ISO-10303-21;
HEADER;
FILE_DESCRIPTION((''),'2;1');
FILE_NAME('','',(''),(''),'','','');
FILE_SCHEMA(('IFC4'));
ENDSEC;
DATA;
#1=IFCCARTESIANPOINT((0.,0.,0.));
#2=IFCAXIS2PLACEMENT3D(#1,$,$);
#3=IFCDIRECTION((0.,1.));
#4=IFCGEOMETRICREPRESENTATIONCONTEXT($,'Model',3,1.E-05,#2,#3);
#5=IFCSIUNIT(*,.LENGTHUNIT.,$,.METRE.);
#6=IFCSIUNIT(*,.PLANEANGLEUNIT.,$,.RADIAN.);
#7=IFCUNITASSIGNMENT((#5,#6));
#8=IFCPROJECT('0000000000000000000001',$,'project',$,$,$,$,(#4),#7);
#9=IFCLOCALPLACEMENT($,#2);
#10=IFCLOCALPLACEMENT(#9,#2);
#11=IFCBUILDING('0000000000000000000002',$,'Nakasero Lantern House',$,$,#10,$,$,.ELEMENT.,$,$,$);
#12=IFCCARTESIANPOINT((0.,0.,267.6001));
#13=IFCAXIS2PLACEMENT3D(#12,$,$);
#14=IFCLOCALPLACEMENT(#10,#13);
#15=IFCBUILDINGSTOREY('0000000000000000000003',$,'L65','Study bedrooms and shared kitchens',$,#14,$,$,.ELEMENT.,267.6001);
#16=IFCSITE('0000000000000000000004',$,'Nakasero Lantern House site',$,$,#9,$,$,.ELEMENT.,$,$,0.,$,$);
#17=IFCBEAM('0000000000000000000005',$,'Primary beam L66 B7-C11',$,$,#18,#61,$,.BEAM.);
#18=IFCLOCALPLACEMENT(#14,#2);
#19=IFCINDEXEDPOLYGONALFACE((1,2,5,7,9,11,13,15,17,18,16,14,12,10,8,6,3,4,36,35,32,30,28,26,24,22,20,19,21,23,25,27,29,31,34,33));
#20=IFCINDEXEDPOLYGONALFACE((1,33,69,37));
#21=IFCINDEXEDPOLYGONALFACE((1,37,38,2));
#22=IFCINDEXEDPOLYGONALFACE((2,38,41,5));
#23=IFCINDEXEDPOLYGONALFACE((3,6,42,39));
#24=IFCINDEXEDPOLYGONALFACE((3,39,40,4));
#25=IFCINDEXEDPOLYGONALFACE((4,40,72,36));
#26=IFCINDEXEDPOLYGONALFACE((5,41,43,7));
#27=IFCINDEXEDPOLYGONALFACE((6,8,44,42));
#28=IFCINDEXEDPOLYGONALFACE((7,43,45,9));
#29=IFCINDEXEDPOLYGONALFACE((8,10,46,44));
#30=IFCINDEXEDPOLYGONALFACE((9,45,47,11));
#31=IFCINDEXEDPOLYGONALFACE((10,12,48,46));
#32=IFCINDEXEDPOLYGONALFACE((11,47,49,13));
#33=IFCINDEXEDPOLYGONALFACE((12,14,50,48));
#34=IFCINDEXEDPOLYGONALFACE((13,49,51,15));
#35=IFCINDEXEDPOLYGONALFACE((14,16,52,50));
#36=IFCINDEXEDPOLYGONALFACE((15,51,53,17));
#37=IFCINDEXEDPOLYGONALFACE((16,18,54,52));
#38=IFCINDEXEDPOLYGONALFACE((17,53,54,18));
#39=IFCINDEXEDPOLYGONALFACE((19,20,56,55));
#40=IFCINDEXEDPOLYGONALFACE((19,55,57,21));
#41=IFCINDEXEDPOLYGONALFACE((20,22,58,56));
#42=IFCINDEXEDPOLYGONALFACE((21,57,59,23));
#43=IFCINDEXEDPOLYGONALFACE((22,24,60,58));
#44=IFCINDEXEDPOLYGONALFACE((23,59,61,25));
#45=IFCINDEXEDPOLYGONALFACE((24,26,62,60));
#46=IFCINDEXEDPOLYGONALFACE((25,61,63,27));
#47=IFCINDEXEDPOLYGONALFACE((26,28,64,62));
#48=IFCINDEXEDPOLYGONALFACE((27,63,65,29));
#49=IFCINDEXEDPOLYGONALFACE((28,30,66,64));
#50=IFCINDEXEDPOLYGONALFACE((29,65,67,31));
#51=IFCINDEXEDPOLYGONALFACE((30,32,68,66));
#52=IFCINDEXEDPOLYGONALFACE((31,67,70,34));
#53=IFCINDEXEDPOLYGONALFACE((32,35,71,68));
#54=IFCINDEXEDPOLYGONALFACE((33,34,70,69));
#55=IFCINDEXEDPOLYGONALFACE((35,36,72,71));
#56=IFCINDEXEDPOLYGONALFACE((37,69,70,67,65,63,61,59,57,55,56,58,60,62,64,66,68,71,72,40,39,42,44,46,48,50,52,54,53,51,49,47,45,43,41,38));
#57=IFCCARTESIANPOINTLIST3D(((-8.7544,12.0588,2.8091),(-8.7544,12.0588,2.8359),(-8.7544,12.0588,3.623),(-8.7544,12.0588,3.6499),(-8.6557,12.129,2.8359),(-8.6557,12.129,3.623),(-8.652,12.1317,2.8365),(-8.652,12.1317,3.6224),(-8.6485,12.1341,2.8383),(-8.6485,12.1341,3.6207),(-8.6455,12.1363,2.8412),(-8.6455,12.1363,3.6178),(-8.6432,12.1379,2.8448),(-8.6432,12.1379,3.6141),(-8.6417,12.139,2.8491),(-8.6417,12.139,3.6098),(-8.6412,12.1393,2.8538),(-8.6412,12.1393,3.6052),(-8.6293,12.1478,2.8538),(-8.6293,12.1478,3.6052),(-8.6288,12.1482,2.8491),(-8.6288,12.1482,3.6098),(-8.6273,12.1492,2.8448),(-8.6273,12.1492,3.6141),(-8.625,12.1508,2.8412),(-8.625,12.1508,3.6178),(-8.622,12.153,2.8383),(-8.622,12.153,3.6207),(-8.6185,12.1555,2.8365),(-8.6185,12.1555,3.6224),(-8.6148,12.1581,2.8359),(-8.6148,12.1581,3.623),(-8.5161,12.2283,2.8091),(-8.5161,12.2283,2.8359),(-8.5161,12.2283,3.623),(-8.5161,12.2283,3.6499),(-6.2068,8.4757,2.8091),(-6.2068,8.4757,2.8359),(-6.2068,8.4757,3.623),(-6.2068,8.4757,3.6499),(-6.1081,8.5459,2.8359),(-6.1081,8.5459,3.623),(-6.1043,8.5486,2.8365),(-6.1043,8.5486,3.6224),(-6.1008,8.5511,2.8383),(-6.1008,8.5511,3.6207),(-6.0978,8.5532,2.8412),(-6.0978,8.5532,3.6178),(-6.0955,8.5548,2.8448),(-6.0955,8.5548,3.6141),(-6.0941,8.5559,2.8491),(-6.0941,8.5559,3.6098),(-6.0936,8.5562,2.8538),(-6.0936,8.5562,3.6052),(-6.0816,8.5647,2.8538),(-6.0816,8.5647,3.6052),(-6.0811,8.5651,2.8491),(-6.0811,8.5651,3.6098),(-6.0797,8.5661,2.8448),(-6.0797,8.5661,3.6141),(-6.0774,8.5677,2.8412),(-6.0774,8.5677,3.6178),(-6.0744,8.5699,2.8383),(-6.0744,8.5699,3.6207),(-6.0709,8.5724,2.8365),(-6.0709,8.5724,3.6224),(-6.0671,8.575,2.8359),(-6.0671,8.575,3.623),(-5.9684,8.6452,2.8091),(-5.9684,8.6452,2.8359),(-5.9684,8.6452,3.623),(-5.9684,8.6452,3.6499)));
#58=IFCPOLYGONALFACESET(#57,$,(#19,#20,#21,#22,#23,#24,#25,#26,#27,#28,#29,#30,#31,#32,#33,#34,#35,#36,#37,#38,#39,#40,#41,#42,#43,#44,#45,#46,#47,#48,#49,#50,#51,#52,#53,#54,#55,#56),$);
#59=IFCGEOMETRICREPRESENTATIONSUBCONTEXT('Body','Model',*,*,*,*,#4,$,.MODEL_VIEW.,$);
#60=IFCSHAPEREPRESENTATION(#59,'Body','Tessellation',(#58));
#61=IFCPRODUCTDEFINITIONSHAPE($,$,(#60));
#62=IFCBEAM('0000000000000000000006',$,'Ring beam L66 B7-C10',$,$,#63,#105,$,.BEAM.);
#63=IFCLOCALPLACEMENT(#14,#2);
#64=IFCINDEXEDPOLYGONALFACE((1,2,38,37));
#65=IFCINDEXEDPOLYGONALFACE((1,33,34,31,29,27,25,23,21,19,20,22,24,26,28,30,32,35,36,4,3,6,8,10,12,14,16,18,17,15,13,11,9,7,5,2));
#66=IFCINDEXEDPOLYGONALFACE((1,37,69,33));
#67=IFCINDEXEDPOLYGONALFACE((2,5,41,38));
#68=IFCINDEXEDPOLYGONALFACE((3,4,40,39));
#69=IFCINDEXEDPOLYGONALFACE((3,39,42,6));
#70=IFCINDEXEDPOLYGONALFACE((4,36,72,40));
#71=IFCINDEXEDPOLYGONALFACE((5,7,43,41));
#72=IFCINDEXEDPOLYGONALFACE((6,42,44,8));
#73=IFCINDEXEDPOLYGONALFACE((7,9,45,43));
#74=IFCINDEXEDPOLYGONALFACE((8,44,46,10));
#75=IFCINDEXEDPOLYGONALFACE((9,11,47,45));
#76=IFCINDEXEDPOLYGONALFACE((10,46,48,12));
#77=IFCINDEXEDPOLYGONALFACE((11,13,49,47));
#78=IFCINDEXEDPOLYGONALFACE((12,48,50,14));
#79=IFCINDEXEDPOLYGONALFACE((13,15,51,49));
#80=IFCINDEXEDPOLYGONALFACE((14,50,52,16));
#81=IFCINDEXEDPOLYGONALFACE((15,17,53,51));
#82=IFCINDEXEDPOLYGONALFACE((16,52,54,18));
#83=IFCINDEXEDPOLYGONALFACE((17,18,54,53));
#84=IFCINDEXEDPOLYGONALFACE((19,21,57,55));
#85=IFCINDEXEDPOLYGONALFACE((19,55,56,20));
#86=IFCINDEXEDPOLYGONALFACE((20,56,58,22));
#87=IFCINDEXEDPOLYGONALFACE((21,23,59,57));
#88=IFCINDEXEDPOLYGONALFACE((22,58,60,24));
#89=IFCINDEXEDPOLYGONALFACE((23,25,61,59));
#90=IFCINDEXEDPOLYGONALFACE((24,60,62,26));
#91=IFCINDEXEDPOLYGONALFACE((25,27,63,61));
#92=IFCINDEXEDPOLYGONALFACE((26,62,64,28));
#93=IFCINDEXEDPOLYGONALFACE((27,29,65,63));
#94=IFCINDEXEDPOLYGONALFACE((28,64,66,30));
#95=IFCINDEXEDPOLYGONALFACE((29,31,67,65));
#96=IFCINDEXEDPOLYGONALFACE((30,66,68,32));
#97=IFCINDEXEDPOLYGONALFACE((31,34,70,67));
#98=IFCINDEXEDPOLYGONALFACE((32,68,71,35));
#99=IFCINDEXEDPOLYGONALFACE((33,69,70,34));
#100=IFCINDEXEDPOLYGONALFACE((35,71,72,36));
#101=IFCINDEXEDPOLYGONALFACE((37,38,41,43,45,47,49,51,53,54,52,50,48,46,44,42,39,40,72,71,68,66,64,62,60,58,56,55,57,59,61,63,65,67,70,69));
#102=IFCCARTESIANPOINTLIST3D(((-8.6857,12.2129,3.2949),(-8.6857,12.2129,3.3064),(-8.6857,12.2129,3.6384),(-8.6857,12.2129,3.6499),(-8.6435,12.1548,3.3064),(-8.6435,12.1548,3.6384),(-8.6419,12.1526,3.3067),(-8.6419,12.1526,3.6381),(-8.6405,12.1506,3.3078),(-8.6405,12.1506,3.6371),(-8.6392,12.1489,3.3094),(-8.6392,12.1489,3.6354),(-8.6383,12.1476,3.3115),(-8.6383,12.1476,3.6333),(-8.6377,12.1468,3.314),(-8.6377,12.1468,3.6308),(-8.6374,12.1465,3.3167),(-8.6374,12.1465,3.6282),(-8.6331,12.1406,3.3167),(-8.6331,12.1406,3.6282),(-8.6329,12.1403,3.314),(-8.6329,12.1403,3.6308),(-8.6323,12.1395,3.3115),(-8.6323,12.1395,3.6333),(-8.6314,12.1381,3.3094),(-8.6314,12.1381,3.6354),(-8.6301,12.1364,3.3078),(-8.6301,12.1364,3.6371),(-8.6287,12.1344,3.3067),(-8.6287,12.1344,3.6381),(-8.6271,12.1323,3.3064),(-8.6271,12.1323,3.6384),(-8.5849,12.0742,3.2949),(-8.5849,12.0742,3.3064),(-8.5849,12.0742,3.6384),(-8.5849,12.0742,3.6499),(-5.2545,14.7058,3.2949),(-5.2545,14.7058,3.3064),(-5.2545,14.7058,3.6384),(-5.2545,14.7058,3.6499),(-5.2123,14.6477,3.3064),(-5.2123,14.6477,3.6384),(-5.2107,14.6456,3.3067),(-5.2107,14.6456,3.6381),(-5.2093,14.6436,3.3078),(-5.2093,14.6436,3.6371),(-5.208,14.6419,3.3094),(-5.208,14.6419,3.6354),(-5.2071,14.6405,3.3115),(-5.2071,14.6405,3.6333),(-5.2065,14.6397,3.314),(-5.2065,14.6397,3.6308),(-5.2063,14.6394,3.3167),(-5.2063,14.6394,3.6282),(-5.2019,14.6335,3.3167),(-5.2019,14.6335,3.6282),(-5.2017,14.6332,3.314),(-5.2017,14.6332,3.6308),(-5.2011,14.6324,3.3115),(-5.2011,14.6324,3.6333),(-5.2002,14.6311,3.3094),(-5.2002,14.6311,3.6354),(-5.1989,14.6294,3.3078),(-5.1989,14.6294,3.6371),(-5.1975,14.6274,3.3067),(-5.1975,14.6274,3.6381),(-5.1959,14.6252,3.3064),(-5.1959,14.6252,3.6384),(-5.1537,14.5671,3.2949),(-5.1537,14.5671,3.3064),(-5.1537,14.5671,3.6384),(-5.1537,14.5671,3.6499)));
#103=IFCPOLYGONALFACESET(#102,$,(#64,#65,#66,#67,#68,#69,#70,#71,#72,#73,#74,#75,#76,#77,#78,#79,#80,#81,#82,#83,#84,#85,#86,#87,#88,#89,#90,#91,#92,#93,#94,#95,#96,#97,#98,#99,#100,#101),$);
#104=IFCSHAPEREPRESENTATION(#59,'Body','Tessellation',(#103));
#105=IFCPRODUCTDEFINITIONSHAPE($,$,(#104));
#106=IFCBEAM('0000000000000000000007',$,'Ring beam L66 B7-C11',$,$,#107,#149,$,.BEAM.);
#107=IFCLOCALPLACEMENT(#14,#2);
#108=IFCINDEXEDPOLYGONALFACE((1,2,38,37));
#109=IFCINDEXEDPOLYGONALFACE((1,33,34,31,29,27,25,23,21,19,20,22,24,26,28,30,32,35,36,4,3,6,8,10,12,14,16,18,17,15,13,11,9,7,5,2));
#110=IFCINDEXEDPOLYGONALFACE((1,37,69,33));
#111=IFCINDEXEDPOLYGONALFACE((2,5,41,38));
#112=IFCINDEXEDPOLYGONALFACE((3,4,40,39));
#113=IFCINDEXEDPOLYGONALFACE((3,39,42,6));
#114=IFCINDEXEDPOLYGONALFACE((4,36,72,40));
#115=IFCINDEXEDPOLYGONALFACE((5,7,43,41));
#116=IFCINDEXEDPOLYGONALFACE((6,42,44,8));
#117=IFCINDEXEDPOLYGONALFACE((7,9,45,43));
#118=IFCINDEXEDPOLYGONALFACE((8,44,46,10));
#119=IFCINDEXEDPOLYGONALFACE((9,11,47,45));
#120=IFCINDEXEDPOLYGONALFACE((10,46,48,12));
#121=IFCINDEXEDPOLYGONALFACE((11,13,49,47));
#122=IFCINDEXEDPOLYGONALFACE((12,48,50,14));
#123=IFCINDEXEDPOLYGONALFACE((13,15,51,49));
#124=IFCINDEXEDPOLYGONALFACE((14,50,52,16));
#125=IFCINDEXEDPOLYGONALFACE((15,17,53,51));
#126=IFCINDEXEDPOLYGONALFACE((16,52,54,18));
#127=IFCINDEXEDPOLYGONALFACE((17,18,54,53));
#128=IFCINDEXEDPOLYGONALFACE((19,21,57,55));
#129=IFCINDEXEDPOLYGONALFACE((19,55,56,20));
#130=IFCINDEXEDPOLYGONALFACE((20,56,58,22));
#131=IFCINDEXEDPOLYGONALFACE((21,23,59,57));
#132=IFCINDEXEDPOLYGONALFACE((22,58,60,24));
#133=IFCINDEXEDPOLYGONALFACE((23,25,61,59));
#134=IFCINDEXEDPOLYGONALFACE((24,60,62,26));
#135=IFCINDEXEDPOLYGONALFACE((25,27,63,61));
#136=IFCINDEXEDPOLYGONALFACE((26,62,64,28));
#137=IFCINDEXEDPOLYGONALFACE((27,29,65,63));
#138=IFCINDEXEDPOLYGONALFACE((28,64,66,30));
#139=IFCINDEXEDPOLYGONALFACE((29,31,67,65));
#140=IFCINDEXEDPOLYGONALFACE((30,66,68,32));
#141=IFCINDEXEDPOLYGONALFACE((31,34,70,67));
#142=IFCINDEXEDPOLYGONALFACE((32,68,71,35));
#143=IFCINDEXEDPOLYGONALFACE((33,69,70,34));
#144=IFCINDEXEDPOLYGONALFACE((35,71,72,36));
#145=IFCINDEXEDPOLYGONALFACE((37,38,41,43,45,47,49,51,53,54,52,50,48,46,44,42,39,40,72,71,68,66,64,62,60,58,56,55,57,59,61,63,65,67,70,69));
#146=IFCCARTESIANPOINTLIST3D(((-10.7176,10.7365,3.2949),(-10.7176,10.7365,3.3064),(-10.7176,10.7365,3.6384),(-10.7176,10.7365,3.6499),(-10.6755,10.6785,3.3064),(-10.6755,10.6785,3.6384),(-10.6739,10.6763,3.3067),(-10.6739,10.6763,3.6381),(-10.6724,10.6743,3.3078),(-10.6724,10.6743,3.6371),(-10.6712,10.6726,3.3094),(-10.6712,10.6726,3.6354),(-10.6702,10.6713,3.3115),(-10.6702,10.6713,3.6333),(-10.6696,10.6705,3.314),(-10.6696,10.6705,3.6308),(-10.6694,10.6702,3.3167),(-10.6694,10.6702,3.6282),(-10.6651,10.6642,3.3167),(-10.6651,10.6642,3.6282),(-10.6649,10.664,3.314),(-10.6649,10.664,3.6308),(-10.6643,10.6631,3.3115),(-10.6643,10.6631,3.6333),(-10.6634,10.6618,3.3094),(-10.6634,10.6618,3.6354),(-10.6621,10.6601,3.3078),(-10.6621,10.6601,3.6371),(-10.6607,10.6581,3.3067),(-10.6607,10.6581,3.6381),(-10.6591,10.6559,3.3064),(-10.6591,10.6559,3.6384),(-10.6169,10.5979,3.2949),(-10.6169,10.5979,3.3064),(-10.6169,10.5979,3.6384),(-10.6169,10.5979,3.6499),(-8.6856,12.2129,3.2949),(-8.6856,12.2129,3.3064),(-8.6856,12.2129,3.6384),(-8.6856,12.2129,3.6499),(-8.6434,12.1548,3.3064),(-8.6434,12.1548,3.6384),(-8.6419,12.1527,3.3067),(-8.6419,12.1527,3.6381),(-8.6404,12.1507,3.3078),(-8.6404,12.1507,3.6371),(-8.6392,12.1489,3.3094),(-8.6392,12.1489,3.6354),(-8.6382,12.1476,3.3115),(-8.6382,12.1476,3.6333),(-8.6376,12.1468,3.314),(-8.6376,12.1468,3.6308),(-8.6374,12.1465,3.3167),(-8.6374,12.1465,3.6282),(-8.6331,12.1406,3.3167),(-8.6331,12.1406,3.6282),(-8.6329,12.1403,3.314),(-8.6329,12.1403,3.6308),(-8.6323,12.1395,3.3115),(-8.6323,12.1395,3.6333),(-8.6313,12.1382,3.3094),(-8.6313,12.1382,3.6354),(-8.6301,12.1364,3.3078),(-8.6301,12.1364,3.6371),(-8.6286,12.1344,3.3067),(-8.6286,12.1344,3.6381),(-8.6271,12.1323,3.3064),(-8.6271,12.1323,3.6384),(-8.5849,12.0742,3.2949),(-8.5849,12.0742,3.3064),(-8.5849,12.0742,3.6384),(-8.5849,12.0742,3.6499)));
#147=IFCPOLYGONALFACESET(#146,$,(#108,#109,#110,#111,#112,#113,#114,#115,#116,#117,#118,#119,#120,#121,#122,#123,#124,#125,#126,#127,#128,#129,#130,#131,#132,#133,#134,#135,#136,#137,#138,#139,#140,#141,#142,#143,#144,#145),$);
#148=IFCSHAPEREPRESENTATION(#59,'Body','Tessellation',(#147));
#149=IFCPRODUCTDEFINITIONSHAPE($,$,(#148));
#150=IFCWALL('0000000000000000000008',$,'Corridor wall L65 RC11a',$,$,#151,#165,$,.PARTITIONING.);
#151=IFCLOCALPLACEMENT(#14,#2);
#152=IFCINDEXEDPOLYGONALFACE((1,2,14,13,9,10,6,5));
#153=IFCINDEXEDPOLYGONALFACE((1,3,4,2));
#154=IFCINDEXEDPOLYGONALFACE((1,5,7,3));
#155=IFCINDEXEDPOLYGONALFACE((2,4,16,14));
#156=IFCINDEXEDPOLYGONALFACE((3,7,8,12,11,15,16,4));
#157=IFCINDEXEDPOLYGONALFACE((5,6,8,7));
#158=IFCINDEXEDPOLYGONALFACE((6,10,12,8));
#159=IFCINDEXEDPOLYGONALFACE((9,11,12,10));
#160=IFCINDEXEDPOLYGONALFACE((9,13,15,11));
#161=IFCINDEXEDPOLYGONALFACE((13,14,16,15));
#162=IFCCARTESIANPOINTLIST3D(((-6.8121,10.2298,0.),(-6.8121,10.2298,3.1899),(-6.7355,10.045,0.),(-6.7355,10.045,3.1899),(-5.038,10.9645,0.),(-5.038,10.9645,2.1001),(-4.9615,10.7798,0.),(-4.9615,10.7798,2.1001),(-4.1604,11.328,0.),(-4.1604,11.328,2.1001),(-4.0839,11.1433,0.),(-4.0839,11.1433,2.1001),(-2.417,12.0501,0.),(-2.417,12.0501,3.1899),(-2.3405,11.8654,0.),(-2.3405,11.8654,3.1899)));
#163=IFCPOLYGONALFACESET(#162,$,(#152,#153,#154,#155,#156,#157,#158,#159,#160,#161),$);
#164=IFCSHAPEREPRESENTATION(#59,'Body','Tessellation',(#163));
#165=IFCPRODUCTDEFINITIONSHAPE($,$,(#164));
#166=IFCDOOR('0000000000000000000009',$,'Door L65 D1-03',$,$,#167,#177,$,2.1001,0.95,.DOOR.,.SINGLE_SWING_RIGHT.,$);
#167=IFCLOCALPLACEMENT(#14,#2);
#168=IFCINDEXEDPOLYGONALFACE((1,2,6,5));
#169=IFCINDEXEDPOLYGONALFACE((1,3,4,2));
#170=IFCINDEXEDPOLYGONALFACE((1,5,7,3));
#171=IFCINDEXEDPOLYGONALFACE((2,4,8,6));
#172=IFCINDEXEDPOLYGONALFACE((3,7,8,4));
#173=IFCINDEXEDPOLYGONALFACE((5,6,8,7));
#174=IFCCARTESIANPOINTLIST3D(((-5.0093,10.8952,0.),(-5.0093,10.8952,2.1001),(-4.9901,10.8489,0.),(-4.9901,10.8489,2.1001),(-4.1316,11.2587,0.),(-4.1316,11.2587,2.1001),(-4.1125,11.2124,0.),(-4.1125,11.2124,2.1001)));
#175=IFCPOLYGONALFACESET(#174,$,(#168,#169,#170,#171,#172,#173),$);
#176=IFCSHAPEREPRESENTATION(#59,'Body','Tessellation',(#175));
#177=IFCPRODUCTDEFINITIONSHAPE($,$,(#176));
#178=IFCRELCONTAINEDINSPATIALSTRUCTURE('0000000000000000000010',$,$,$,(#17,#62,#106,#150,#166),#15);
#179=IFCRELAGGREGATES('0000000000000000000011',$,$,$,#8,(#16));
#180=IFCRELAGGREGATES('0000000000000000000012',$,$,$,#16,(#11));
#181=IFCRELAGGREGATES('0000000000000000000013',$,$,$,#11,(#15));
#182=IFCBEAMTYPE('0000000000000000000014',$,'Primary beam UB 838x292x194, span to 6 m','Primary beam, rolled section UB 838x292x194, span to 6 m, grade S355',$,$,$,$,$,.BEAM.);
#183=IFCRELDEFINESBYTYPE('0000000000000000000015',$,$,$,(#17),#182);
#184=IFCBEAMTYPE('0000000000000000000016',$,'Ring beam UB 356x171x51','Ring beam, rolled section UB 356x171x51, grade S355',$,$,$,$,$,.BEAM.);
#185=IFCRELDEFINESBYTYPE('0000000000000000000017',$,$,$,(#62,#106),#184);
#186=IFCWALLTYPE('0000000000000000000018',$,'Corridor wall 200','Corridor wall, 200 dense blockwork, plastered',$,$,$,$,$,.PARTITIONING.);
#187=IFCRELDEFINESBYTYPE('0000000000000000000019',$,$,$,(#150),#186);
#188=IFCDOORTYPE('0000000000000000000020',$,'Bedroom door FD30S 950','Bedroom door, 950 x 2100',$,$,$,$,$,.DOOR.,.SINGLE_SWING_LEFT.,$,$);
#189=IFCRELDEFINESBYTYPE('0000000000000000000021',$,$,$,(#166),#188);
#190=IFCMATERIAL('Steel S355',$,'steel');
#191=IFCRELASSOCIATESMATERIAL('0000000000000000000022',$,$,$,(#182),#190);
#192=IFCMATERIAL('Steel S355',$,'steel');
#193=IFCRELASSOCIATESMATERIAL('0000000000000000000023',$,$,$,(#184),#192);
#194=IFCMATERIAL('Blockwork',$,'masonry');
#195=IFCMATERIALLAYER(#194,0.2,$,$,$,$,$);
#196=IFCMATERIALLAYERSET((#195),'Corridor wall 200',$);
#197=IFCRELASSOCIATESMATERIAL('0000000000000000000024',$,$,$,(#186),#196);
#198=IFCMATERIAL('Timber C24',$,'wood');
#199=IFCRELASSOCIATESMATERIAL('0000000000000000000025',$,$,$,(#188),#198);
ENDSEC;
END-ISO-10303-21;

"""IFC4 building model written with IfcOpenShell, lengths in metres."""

from ifc_helpers import new_model, si_unit, direction, frame, frame_2d, origin, origin_2d, place, context, subcontext, project, spatial, rectangle, i_section, extrude, material, layer, layer_set, material_profile, profile_set, type_object, element, fill, save


model = new_model("IFC4")

# Units and contexts
model_context = context("Model", 3, precision=1e-05, world=origin(), true_north=direction((0.0, 1.0)))
body_context = subcontext(model_context, "Body", "Model", "MODEL_VIEW")
ifc_project = project(units=[si_unit("LENGTHUNIT", "METRE"), si_unit("PLANEANGLEUNIT", "RADIAN")], contexts=[model_context])

# Site, building, storey
site_placement = place(None, origin())
site = spatial("IfcSite", under=ifc_project, at=site_placement, Name="Nakasero Lantern House site", CompositionType="ELEMENT", RefElevation=0.0)
building_placement = place(site_placement, origin())
building = spatial("IfcBuilding", under=site, at=building_placement, Name="Nakasero Lantern House", CompositionType="ELEMENT")
storey_placement = place(building_placement, frame((0.0, 0.0, 267.6001)))
storey = spatial("IfcBuildingStorey", under=building, at=storey_placement, Name="L65", Description="Study bedrooms and shared kitchens", CompositionType="ELEMENT", Elevation=267.6001)

# Beams
ifc_material_1 = material(Name="Steel S355", Category="steel")
ifc_material_profile_1 = material_profile(ifc_material_1, i_section(OverallWidth=0.2925, OverallDepth=0.8408, WebThickness=0.0146, FlangeThickness=0.0269, FilletRadius=0.0178, at=origin_2d()), Name="UB 838x292x194")
ifc_profile_set_1 = profile_set([ifc_material_profile_1], Name="Steel S355")
beam_type_1 = type_object("IfcBeamType", Name="Primary beam UB 838x292x194, span to 6 m", Description="Primary beam, rolled section UB 838x292x194, span to 6 m, grade S355", PredefinedType="BEAM", material=ifc_profile_set_1)
beam_1_placement = place(storey_placement, frame((-8.6353, 12.1436, 3.2295), z_axis=(0.579477, -0.814989, 0.0), x_axis=(0.814989, 0.579477, 0.0)))
element("IfcBeam", 1, at=beam_1_placement, inside=storey, type_object=beam_type_1, Name="Primary beam L66 B7-C11", PredefinedType="BEAM", context=body_context, shape_type="SweptSolid", body=[
    extrude(i_section(OverallWidth=0.2925, OverallDepth=0.8408, WebThickness=0.0146, FlangeThickness=0.0269, FilletRadius=0.0178, at=origin_2d()), origin(), (0.0, 0.0, 1.0), 4.3965),
])
ifc_material_2 = material(Name="Steel S355", Category="steel")
ifc_material_profile_2 = material_profile(ifc_material_2, i_section(OverallWidth=0.1714, OverallDepth=0.355, WebThickness=0.0073, FlangeThickness=0.0115, FilletRadius=0.0103, at=origin_2d()), Name="UB 356x171x51")
ifc_profile_set_2 = profile_set([ifc_material_profile_2], Name="Steel S355")
beam_type_2 = type_object("IfcBeamType", Name="Ring beam UB 356x171x51", Description="Ring beam, rolled section UB 356x171x51, grade S355", PredefinedType="BEAM", material=ifc_profile_set_2)
beam_2_placement = place(storey_placement, frame((-5.2041, 14.6365, 3.4724), z_axis=(-0.809012, -0.587792, 0.0), x_axis=(0.587792, -0.809012, 0.0)))
element("IfcBeam", 2, at=beam_2_placement, inside=storey, type_object=beam_type_2, Name="Ring beam L66 B7-C10", PredefinedType="BEAM", context=body_context, shape_type="SweptSolid", body=[
    extrude(i_section(OverallWidth=0.1714, OverallDepth=0.355, WebThickness=0.0073, FlangeThickness=0.0115, FilletRadius=0.0103, at=origin_2d()), origin(), (0.0, 0.0, 1.0), 4.2412),
])
beam_3_placement = place(storey_placement, frame((-8.6353, 12.1436, 3.4724), z_axis=(-0.809018, -0.587784, 0.0), x_axis=(0.587784, -0.809018, 0.0)))
element("IfcBeam", 3, at=beam_3_placement, inside=storey, type_object=beam_type_2, Name="Ring beam L66 B7-C11", PredefinedType="BEAM", context=body_context, shape_type="SweptSolid", body=[
    extrude(i_section(OverallWidth=0.1714, OverallDepth=0.355, WebThickness=0.0073, FlangeThickness=0.0115, FilletRadius=0.0103, at=origin_2d()), origin(), (0.0, 0.0, 1.0), 2.5117),
])

# Wall, opening, door
ifc_material_3 = material(Name="Blockwork", Category="masonry")
ifc_layer_1 = layer(ifc_material_3, 0.2)
ifc_layer_set_1 = layer_set([ifc_layer_1], Name="Corridor wall 200")
wall_type_1 = type_object("IfcWallType", Name="Corridor wall 200", Description="Corridor wall, 200 dense blockwork, plastered", PredefinedType="PARTITIONING", material=ifc_layer_set_1)
wall_1_placement = place(storey_placement, frame((-6.7737, 10.1375, 0.0), z_axis=(0.0, 0.0, 1.0), x_axis=(0.923892, 0.382654, 0.0)))
wall_1 = element("IfcWall", 4, at=wall_1_placement, inside=storey, type_object=wall_type_1, Name="Corridor wall L65 RC11a", PredefinedType="PARTITIONING", context=body_context, shape_type="SweptSolid", body=[
    extrude(rectangle(XDim=4.7571, YDim=0.2, at=frame_2d((2.3784, 0.0))), origin(), (0.0, 0.0, 1.0), 3.1899),
])
opening_1_placement = place(wall_1_placement, frame((1.9199, 0.0, 0.0)))
opening_1 = element("IfcOpeningElement", 5, at=opening_1_placement, cuts=wall_1, PredefinedType="OPENING", context=body_context, shape_type="SweptSolid", body=[
    extrude(rectangle(XDim=0.95, YDim=2.1001, at=frame_2d((0.4751, 1.05))), frame((0.0, 0.1199, 0.0), z_axis=(0.0, -1.0, 0.0), x_axis=(1.0, 0.0, 0.0)), (0.0, 0.0, 1.0), 0.24),
])
ifc_material_4 = material(Name="Timber C24", Category="wood")
door_type_1 = type_object("IfcDoorType", Name="Bedroom door FD30S 950", Description="Bedroom door, 950 x 2100", OperationType="SINGLE_SWING_LEFT", PredefinedType="DOOR", material=ifc_material_4)
door_1_placement = place(opening_1_placement, origin())
door_1 = element("IfcDoor", 6, at=door_1_placement, inside=storey, type_object=door_type_1, Name="Door L65 D1-03", OperationType="SINGLE_SWING_RIGHT", OverallHeight=2.1001, OverallWidth=0.95, PredefinedType="DOOR", context=body_context, shape_type="SweptSolid", body=[
    extrude(rectangle(XDim=0.95, YDim=2.1001, at=frame_2d((0.4751, 1.05))), frame((0.0, 0.0249, 0.0), z_axis=(0.0, -1.0, 0.0), x_axis=(1.0, 0.0, 0.0)), (0.0, 0.0, 1.0), 0.05),
])
fill(opening_1, door_1)

save(model, "model.ifc")
